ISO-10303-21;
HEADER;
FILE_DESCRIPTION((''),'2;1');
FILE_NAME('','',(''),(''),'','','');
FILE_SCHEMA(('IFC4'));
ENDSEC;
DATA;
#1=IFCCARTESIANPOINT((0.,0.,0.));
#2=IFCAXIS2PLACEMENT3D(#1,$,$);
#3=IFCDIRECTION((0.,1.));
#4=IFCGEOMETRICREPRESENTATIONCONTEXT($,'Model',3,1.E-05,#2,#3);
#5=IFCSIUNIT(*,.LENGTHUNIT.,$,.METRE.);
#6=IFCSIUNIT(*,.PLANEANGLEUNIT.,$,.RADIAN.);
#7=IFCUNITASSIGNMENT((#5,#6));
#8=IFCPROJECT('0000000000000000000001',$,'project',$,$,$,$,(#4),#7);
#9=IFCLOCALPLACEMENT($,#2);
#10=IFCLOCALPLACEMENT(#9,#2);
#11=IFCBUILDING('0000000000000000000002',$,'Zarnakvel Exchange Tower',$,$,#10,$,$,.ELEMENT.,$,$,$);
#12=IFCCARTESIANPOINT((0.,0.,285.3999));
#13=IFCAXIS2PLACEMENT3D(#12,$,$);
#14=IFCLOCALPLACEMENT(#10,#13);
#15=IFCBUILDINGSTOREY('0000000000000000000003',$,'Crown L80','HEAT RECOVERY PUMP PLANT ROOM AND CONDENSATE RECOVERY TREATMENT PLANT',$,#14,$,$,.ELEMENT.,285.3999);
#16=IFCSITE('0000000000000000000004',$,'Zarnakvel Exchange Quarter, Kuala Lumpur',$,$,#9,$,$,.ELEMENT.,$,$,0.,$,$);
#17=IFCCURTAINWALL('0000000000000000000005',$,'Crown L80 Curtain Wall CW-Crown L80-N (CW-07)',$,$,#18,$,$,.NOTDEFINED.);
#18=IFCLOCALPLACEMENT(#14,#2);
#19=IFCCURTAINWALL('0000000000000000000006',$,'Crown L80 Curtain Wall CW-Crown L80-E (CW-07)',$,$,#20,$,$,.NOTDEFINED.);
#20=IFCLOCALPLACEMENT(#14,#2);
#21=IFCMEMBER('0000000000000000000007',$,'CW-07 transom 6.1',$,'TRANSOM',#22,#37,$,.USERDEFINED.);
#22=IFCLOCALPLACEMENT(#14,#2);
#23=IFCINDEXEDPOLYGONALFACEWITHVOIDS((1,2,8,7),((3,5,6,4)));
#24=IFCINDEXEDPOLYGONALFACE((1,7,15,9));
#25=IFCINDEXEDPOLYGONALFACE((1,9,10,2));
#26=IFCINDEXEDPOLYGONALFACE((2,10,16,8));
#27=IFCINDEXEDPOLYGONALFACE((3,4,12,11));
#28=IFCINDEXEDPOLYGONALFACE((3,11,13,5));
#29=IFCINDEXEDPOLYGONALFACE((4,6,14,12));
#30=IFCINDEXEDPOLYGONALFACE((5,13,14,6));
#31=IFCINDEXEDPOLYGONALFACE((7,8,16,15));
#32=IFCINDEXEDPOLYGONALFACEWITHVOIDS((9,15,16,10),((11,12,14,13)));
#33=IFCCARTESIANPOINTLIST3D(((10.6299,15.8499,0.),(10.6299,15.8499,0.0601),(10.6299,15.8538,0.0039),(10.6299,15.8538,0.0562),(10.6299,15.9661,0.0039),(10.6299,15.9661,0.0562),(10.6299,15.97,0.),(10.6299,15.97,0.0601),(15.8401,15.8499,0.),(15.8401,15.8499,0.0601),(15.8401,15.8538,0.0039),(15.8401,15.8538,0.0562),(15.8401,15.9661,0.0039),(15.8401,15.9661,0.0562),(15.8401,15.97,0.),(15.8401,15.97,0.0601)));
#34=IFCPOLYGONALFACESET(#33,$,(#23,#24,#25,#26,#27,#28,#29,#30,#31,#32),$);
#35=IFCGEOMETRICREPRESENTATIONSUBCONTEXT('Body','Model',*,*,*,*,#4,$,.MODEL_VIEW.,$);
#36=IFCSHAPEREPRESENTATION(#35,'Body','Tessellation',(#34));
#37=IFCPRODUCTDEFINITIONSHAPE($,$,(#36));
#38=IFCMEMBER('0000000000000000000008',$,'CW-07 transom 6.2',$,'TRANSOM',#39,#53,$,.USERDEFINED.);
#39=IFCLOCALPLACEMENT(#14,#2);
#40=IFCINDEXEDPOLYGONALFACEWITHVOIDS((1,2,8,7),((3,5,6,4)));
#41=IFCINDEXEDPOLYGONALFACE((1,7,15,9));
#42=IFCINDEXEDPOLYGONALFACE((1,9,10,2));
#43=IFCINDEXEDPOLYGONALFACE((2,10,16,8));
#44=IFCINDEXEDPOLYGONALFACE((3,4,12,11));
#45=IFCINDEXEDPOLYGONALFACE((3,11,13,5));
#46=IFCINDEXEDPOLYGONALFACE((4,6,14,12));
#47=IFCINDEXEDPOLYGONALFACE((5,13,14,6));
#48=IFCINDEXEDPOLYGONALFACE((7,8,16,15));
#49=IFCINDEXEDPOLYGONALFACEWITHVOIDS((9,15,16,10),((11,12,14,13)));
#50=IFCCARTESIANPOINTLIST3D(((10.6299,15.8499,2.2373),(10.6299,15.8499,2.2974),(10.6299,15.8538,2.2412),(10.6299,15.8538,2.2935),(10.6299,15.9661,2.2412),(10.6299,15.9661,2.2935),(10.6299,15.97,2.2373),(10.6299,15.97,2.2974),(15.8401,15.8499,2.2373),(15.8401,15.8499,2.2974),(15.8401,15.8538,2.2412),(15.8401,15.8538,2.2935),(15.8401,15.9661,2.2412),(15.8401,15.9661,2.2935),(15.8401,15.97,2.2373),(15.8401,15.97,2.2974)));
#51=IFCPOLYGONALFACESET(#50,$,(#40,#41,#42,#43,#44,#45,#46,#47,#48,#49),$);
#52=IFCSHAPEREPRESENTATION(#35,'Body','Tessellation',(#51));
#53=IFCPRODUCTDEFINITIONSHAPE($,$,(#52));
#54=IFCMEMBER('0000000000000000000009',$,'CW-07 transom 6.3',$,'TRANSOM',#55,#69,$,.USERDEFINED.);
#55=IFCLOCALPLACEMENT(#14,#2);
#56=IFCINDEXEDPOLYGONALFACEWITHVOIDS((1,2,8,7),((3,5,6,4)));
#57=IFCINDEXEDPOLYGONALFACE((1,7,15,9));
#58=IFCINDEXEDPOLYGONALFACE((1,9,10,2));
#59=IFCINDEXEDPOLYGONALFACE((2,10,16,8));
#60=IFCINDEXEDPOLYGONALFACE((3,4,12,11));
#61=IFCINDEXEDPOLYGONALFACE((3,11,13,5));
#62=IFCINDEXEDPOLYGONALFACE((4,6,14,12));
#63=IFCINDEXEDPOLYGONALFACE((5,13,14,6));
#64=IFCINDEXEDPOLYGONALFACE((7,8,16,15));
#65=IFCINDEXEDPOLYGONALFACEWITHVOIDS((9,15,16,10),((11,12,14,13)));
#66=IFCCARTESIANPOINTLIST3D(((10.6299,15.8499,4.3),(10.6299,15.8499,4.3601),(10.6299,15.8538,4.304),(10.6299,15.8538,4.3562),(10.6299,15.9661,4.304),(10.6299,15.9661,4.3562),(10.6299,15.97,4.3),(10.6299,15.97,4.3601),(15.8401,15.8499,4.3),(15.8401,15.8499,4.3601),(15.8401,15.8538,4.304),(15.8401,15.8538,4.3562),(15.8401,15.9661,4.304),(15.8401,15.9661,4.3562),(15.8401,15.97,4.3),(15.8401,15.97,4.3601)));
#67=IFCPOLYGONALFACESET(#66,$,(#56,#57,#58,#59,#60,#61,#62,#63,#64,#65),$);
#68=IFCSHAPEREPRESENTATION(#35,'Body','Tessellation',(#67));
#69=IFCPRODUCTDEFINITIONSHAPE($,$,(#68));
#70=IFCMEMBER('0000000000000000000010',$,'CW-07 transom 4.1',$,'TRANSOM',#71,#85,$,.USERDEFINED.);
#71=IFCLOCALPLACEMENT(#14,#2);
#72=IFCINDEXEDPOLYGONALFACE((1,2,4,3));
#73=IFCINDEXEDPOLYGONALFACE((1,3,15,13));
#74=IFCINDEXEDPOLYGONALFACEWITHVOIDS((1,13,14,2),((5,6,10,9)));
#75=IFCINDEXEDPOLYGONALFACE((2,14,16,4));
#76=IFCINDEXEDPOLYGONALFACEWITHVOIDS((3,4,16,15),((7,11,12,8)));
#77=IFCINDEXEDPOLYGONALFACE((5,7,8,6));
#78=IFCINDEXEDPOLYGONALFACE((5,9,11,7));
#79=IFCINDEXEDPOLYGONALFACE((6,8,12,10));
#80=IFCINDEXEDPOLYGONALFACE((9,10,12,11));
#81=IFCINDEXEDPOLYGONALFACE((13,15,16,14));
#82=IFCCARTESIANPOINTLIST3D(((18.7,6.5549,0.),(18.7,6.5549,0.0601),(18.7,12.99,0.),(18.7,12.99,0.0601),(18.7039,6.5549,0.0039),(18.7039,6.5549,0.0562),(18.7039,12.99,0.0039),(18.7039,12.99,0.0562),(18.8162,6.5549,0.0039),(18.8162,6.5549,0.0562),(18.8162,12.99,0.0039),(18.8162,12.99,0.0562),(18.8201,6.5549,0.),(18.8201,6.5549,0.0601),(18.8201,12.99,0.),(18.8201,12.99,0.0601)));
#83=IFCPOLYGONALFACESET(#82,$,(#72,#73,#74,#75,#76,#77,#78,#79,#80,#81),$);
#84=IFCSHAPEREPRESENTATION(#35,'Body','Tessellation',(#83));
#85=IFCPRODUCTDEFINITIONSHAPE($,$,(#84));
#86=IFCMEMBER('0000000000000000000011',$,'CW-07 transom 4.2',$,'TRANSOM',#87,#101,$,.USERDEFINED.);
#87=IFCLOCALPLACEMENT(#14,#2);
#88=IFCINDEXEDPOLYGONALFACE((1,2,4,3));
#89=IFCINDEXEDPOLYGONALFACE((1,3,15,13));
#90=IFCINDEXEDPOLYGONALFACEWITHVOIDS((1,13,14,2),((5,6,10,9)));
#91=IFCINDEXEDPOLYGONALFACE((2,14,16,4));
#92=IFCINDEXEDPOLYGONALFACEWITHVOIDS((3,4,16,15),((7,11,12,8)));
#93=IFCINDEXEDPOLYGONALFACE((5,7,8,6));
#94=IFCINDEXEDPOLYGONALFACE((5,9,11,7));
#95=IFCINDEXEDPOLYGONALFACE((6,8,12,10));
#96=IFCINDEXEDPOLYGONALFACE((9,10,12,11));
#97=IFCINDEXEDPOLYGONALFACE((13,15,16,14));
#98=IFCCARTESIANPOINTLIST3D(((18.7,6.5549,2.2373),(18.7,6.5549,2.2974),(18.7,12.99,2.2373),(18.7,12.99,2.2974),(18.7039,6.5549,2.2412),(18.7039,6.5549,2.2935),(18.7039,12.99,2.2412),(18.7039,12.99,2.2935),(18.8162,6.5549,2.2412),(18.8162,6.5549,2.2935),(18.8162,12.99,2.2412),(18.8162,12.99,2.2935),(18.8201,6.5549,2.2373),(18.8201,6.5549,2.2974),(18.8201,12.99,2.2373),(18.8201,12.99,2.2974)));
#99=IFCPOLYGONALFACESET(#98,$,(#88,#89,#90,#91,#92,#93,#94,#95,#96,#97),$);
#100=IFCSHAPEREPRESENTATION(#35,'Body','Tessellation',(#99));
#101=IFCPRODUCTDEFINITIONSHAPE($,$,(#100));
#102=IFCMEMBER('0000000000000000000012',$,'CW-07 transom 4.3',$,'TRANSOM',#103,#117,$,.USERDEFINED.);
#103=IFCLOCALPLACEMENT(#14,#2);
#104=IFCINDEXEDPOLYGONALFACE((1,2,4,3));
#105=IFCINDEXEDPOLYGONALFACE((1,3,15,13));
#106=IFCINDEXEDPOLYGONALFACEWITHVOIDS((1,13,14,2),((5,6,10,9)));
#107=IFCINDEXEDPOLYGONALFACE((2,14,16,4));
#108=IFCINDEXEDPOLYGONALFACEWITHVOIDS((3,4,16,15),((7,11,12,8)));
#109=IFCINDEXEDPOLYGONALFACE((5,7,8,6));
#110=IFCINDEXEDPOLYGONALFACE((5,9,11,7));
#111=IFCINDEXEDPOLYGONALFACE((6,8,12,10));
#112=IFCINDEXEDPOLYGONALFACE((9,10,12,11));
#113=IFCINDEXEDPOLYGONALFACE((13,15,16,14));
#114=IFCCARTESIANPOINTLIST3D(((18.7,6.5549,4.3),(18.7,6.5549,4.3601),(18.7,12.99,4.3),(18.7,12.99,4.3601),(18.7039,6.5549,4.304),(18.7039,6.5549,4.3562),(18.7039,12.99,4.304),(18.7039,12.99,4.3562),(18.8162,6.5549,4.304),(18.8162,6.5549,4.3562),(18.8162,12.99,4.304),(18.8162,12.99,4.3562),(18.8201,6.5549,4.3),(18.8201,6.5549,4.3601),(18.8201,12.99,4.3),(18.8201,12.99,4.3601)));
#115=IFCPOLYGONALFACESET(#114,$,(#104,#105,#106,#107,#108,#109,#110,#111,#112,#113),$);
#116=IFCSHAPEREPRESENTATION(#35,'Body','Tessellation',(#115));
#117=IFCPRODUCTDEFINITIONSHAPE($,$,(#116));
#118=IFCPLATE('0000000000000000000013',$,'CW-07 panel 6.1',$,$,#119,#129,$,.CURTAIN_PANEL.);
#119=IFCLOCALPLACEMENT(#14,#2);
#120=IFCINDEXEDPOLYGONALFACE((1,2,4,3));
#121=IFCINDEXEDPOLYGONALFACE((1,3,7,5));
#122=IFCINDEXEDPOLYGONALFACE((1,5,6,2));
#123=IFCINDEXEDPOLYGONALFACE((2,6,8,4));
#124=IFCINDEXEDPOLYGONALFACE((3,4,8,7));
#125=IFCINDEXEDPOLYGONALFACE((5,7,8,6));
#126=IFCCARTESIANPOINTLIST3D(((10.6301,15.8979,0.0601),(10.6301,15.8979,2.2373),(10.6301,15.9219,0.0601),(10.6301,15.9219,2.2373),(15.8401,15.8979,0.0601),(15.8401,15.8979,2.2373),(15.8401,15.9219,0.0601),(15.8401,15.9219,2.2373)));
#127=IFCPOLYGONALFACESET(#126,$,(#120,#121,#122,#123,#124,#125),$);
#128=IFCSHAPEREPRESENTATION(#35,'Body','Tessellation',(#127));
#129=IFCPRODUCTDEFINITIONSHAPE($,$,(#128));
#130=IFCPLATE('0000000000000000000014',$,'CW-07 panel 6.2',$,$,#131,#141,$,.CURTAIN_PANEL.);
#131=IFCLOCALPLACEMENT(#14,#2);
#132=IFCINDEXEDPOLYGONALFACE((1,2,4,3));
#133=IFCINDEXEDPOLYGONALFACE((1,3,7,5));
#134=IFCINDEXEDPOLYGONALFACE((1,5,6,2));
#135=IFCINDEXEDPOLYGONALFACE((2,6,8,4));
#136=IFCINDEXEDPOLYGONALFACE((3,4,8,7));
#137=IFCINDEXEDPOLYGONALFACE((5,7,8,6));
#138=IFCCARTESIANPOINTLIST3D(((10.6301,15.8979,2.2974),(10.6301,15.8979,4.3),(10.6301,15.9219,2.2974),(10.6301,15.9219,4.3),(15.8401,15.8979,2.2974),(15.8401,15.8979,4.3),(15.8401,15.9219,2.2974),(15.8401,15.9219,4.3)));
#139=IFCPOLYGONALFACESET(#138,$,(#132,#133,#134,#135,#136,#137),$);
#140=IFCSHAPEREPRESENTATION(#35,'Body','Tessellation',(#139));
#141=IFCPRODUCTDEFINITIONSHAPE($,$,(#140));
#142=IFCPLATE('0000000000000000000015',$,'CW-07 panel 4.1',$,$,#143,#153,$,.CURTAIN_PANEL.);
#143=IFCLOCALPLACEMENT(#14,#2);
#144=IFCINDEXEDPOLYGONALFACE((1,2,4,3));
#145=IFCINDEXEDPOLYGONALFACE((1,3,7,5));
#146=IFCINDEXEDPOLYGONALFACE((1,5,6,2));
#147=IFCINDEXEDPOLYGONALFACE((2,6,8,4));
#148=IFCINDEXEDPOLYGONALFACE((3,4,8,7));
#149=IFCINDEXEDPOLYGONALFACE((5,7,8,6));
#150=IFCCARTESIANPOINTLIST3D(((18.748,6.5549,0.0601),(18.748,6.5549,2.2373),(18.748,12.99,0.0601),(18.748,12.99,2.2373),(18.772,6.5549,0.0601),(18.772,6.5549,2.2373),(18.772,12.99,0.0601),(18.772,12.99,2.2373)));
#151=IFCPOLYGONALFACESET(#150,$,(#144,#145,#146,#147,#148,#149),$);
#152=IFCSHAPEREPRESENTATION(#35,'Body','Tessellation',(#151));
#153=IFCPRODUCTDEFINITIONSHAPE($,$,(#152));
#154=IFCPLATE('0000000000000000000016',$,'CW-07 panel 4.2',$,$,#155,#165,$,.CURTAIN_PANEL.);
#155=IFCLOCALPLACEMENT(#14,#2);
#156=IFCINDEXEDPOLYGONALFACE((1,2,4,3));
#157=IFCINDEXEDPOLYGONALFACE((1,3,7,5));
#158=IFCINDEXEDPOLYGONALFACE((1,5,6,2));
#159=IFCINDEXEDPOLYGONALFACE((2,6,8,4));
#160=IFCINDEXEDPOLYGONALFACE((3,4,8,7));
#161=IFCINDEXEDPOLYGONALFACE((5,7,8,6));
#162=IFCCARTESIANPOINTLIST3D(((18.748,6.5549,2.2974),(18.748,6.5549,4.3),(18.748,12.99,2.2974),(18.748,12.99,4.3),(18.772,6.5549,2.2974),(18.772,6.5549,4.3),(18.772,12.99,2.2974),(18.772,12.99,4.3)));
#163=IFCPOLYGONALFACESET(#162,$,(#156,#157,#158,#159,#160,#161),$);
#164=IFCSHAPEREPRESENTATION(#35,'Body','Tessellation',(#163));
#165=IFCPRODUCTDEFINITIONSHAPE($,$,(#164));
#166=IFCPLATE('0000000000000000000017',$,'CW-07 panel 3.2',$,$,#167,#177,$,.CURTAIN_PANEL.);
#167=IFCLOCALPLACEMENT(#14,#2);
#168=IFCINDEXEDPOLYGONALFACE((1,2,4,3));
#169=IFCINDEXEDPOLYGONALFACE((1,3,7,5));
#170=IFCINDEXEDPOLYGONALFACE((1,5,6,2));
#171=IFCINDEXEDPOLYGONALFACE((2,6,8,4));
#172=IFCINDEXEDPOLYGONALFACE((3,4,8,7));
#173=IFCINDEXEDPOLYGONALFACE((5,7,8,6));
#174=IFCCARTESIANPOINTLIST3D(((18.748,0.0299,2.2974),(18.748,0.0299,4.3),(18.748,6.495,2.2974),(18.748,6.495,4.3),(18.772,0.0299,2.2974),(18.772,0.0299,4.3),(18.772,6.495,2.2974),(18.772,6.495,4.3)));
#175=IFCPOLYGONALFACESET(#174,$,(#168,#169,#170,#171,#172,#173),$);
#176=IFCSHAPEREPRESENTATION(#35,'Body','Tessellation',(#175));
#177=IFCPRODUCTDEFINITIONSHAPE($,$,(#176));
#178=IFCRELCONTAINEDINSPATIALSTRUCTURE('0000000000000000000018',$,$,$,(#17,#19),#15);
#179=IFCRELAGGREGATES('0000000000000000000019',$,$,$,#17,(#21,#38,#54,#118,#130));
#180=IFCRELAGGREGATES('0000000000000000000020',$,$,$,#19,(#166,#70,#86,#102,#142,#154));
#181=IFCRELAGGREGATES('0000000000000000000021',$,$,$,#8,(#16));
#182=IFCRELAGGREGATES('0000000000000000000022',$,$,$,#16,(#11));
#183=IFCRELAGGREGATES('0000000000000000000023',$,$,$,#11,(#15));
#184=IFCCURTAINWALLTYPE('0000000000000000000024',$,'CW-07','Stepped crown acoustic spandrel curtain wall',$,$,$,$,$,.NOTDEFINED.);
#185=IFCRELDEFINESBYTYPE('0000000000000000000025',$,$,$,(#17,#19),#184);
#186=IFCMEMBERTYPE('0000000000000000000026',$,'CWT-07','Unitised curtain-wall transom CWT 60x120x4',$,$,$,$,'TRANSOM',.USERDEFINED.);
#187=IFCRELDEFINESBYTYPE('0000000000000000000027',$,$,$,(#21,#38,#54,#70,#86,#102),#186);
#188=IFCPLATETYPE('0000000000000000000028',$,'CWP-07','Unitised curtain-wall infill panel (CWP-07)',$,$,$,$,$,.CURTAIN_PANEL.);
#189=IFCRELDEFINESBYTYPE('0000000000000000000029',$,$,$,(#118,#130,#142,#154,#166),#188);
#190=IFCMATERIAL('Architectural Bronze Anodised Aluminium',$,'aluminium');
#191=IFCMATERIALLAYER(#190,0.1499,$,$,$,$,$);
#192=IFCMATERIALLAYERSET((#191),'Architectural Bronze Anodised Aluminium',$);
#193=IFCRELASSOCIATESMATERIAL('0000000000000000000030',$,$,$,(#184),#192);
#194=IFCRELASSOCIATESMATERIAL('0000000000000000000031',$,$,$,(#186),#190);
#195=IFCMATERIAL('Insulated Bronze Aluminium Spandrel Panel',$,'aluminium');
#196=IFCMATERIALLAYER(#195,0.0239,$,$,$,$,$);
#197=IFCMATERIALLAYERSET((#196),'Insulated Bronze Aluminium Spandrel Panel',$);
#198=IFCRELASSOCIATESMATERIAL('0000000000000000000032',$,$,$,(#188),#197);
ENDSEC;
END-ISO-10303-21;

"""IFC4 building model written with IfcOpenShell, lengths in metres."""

from ifc_helpers import new_model, si_unit, direction, frame, origin, origin_2d, place, context, subcontext, project, spatial, rectangle, hollow_rectangle, extrude, source, transform, mapped, material, layer, layer_set, material_profile, profile_set, type_object, element, aggregate, save


model = new_model("IFC4")

# Units and contexts
model_context = context("Model", 3, precision=1e-05, world=origin(), true_north=direction((0.0, 1.0)))
body_context = subcontext(model_context, "Body", "Model", "MODEL_VIEW")
ifc_project = project(units=[si_unit("LENGTHUNIT", "METRE"), si_unit("PLANEANGLEUNIT", "RADIAN")], contexts=[model_context])

# Site, building, storey
site_placement = place(None, origin())
site = spatial("IfcSite", under=ifc_project, at=site_placement, Name="Zarnakvel Exchange Quarter, Kuala Lumpur", CompositionType="ELEMENT", RefElevation=0.0)
building_placement = place(site_placement, origin())
building = spatial("IfcBuilding", under=site, at=building_placement, Name="Zarnakvel Exchange Tower", CompositionType="ELEMENT")
storey_placement = place(building_placement, frame((0.0, 0.0, 285.3999)))
storey = spatial("IfcBuildingStorey", under=building, at=storey_placement, Name="Crown L80", Description="HEAT RECOVERY PUMP PLANT ROOM AND CONDENSATE RECOVERY TREATMENT PLANT", CompositionType="ELEMENT", Elevation=285.3999)

# Curtain wall
ifc_material_1 = material(Name="Architectural Bronze Anodised Aluminium", Category="aluminium")
ifc_layer_1 = layer(ifc_material_1, 0.1499)
ifc_layer_set_1 = layer_set([ifc_layer_1], Name="Architectural Bronze Anodised Aluminium")
curtain_wall_type = type_object("IfcCurtainWallType", Name="CW-07", Description="Stepped crown acoustic spandrel curtain wall", PredefinedType="NOTDEFINED", material=ifc_layer_set_1)
curtain_wall_1_placement = place(storey_placement, origin())
curtain_wall_1 = element("IfcCurtainWall", 1, at=curtain_wall_1_placement, inside=storey, type_object=curtain_wall_type, Name="Crown L80 Curtain Wall CW-Crown L80-N (CW-07)", PredefinedType="NOTDEFINED")

# Curtain wall
curtain_wall_2_placement = place(storey_placement, origin())
curtain_wall_2 = element("IfcCurtainWall", 2, at=curtain_wall_2_placement, inside=storey, type_object=curtain_wall_type, Name="Crown L80 Curtain Wall CW-Crown L80-E (CW-07)", PredefinedType="NOTDEFINED")

# Members
ifc_material_profile_1 = material_profile(ifc_material_1, hollow_rectangle(XDim=0.1201, YDim=0.0601, WallThickness=0.0039, at=origin_2d()))
ifc_profile_set_1 = profile_set([ifc_material_profile_1], Name="Architectural Bronze Anodised Aluminium")
member_type_1 = type_object("IfcMemberType", Name="CWT-07", Description="Unitised curtain-wall transom CWT 60x120x4", ElementType="TRANSOM", PredefinedType="USERDEFINED", material=ifc_profile_set_1)
shared_shape_1 = source(origin(), body_context, "Body", "SweptSolid", [
    extrude(hollow_rectangle(XDim=0.1201, YDim=0.0601, WallThickness=0.0039, at=origin_2d()), origin(), (0.0, 0.0, 1.0), 5.2102),
])
member_1_placement = place(storey_placement, frame((10.6299, 15.9099, 0.03), z_axis=(1.0, 0.0, 0.0), x_axis=(0.0, 1.0, 0.0)))
member_1 = element("IfcMember", 3, at=member_1_placement, type_object=member_type_1, Name="CW-07 transom 6.1", ObjectType="TRANSOM", PredefinedType="USERDEFINED", context=body_context, shape_type="MappedRepresentation", body=[
    mapped(shared_shape_1, transform((0.0, 0.0, 0.0), x_axis=(1.0, 0.0, 0.0), y_axis=(0.0, 1.0, 0.0), z_axis=(0.0, 0.0, 1.0), scale=1.0)),
])
member_2_placement = place(storey_placement, frame((10.6299, 15.9099, 2.2673), z_axis=(1.0, 0.0, 0.0), x_axis=(0.0, 1.0, 0.0)))
member_2 = element("IfcMember", 4, at=member_2_placement, type_object=member_type_1, Name="CW-07 transom 6.2", ObjectType="TRANSOM", PredefinedType="USERDEFINED", context=body_context, shape_type="MappedRepresentation", body=[
    mapped(shared_shape_1, transform((0.0, 0.0, 0.0), x_axis=(1.0, 0.0, 0.0), y_axis=(0.0, 1.0, 0.0), z_axis=(0.0, 0.0, 1.0), scale=1.0)),
])
member_3_placement = place(storey_placement, frame((10.6299, 15.9099, 4.3301), z_axis=(1.0, 0.0, 0.0), x_axis=(0.0, 1.0, 0.0)))
member_3 = element("IfcMember", 5, at=member_3_placement, type_object=member_type_1, Name="CW-07 transom 6.3", ObjectType="TRANSOM", PredefinedType="USERDEFINED", context=body_context, shape_type="MappedRepresentation", body=[
    mapped(shared_shape_1, transform((0.0, 0.0, 0.0), x_axis=(1.0, 0.0, 0.0), y_axis=(0.0, 1.0, 0.0), z_axis=(0.0, 0.0, 1.0), scale=1.0)),
])
shared_shape_2 = source(origin(), body_context, "Body", "SweptSolid", [
    extrude(hollow_rectangle(XDim=0.1201, YDim=0.0601, WallThickness=0.0039, at=origin_2d()), origin(), (0.0, 0.0, 1.0), 6.4351),
])
member_4_placement = place(storey_placement, frame((18.76, 6.5549, 0.03), z_axis=(0.0, 1.0, 0.0), x_axis=(-1.0, 0.0, 0.0)))
member_4 = element("IfcMember", 6, at=member_4_placement, type_object=member_type_1, Name="CW-07 transom 4.1", ObjectType="TRANSOM", PredefinedType="USERDEFINED", context=body_context, shape_type="MappedRepresentation", body=[
    mapped(shared_shape_2, transform((0.0, 0.0, 0.0), x_axis=(1.0, 0.0, 0.0), y_axis=(0.0, 1.0, 0.0), z_axis=(0.0, 0.0, 1.0), scale=1.0)),
])
member_5_placement = place(storey_placement, frame((18.76, 6.5549, 2.2673), z_axis=(0.0, 1.0, 0.0), x_axis=(-1.0, 0.0, 0.0)))
member_5 = element("IfcMember", 7, at=member_5_placement, type_object=member_type_1, Name="CW-07 transom 4.2", ObjectType="TRANSOM", PredefinedType="USERDEFINED", context=body_context, shape_type="MappedRepresentation", body=[
    mapped(shared_shape_2, transform((0.0, 0.0, 0.0), x_axis=(1.0, 0.0, 0.0), y_axis=(0.0, 1.0, 0.0), z_axis=(0.0, 0.0, 1.0), scale=1.0)),
])
member_6_placement = place(storey_placement, frame((18.76, 6.5549, 4.3301), z_axis=(0.0, 1.0, 0.0), x_axis=(-1.0, 0.0, 0.0)))
member_6 = element("IfcMember", 8, at=member_6_placement, type_object=member_type_1, Name="CW-07 transom 4.3", ObjectType="TRANSOM", PredefinedType="USERDEFINED", context=body_context, shape_type="MappedRepresentation", body=[
    mapped(shared_shape_2, transform((0.0, 0.0, 0.0), x_axis=(1.0, 0.0, 0.0), y_axis=(0.0, 1.0, 0.0), z_axis=(0.0, 0.0, 1.0), scale=1.0)),
])

# Plates
ifc_material_2 = material(Name="Insulated Bronze Aluminium Spandrel Panel", Category="aluminium")
ifc_layer_2 = layer(ifc_material_2, 0.0239)
ifc_layer_set_2 = layer_set([ifc_layer_2], Name="Insulated Bronze Aluminium Spandrel Panel")
plate_type = type_object("IfcPlateType", Name="CWP-07", Description="Unitised curtain-wall infill panel (CWP-07)", PredefinedType="CURTAIN_PANEL", material=ifc_layer_set_2)
shared_shape_3 = source(origin(), body_context, "Body", "SweptSolid", [
    extrude(rectangle(XDim=5.21, YDim=0.0239, at=origin_2d()), origin(), (0.0, 0.0, 1.0), 2.1772),
])
plate_1_placement = place(storey_placement, frame((13.2351, 15.9099, 0.0601), z_axis=(0.0, 0.0, 1.0), x_axis=(1.0, 0.0, 0.0)))
plate_1 = element("IfcPlate", 9, at=plate_1_placement, type_object=plate_type, Name="CW-07 panel 6.1", PredefinedType="CURTAIN_PANEL", context=body_context, shape_type="MappedRepresentation", body=[
    mapped(shared_shape_3, transform((0.0, 0.0, 0.0), x_axis=(1.0, 0.0, 0.0), y_axis=(0.0, 1.0, 0.0), z_axis=(0.0, 0.0, 1.0), scale=1.0)),
])
shared_shape_4 = source(origin(), body_context, "Body", "SweptSolid", [
    extrude(rectangle(XDim=5.21, YDim=0.0239, at=origin_2d()), origin(), (0.0, 0.0, 1.0), 2.0027),
])
plate_2_placement = place(storey_placement, frame((13.2351, 15.9099, 2.2974), z_axis=(0.0, 0.0, 1.0), x_axis=(1.0, 0.0, 0.0)))
plate_2 = element("IfcPlate", 10, at=plate_2_placement, type_object=plate_type, Name="CW-07 panel 6.2", PredefinedType="CURTAIN_PANEL", context=body_context, shape_type="MappedRepresentation", body=[
    mapped(shared_shape_4, transform((0.0, 0.0, 0.0), x_axis=(1.0, 0.0, 0.0), y_axis=(0.0, 1.0, 0.0), z_axis=(0.0, 0.0, 1.0), scale=1.0)),
])
aggregate(curtain_wall_1, [member_1, member_2, member_3, plate_1, plate_2])
shared_shape_5 = source(origin(), body_context, "Body", "SweptSolid", [
    extrude(rectangle(XDim=6.4351, YDim=0.0239, at=origin_2d()), origin(), (0.0, 0.0, 1.0), 2.1772),
])
plate_3_placement = place(storey_placement, frame((18.76, 9.7725, 0.0601), z_axis=(0.0, 0.0, 1.0), x_axis=(0.0, 1.0, 0.0)))
plate_3 = element("IfcPlate", 11, at=plate_3_placement, type_object=plate_type, Name="CW-07 panel 4.1", PredefinedType="CURTAIN_PANEL", context=body_context, shape_type="MappedRepresentation", body=[
    mapped(shared_shape_5, transform((0.0, 0.0, 0.0), x_axis=(1.0, 0.0, 0.0), y_axis=(0.0, 1.0, 0.0), z_axis=(0.0, 0.0, 1.0), scale=1.0)),
])
shared_shape_6 = source(origin(), body_context, "Body", "SweptSolid", [
    extrude(rectangle(XDim=6.4351, YDim=0.0239, at=origin_2d()), origin(), (0.0, 0.0, 1.0), 2.0027),
])
plate_4_placement = place(storey_placement, frame((18.76, 9.7725, 2.2974), z_axis=(0.0, 0.0, 1.0), x_axis=(0.0, 1.0, 0.0)))
plate_4 = element("IfcPlate", 12, at=plate_4_placement, type_object=plate_type, Name="CW-07 panel 4.2", PredefinedType="CURTAIN_PANEL", context=body_context, shape_type="MappedRepresentation", body=[
    mapped(shared_shape_6, transform((0.0, 0.0, 0.0), x_axis=(1.0, 0.0, 0.0), y_axis=(0.0, 1.0, 0.0), z_axis=(0.0, 0.0, 1.0), scale=1.0)),
])
shared_shape_7 = source(origin(), body_context, "Body", "SweptSolid", [
    extrude(rectangle(XDim=6.4651, YDim=0.0239, at=origin_2d()), origin(), (0.0, 0.0, 1.0), 2.0027),
])
plate_5_placement = place(storey_placement, frame((18.76, 3.2625, 2.2974), z_axis=(0.0, 0.0, 1.0), x_axis=(0.0, 1.0, 0.0)))
plate_5 = element("IfcPlate", 13, at=plate_5_placement, type_object=plate_type, Name="CW-07 panel 3.2", PredefinedType="CURTAIN_PANEL", context=body_context, shape_type="MappedRepresentation", body=[
    mapped(shared_shape_7, transform((0.0, 0.0, 0.0), x_axis=(1.0, 0.0, 0.0), y_axis=(0.0, 1.0, 0.0), z_axis=(0.0, 0.0, 1.0), scale=1.0)),
])
aggregate(curtain_wall_2, [plate_5, member_4, member_5, member_6, plate_3, plate_4])

save(model, "model.ifc")
